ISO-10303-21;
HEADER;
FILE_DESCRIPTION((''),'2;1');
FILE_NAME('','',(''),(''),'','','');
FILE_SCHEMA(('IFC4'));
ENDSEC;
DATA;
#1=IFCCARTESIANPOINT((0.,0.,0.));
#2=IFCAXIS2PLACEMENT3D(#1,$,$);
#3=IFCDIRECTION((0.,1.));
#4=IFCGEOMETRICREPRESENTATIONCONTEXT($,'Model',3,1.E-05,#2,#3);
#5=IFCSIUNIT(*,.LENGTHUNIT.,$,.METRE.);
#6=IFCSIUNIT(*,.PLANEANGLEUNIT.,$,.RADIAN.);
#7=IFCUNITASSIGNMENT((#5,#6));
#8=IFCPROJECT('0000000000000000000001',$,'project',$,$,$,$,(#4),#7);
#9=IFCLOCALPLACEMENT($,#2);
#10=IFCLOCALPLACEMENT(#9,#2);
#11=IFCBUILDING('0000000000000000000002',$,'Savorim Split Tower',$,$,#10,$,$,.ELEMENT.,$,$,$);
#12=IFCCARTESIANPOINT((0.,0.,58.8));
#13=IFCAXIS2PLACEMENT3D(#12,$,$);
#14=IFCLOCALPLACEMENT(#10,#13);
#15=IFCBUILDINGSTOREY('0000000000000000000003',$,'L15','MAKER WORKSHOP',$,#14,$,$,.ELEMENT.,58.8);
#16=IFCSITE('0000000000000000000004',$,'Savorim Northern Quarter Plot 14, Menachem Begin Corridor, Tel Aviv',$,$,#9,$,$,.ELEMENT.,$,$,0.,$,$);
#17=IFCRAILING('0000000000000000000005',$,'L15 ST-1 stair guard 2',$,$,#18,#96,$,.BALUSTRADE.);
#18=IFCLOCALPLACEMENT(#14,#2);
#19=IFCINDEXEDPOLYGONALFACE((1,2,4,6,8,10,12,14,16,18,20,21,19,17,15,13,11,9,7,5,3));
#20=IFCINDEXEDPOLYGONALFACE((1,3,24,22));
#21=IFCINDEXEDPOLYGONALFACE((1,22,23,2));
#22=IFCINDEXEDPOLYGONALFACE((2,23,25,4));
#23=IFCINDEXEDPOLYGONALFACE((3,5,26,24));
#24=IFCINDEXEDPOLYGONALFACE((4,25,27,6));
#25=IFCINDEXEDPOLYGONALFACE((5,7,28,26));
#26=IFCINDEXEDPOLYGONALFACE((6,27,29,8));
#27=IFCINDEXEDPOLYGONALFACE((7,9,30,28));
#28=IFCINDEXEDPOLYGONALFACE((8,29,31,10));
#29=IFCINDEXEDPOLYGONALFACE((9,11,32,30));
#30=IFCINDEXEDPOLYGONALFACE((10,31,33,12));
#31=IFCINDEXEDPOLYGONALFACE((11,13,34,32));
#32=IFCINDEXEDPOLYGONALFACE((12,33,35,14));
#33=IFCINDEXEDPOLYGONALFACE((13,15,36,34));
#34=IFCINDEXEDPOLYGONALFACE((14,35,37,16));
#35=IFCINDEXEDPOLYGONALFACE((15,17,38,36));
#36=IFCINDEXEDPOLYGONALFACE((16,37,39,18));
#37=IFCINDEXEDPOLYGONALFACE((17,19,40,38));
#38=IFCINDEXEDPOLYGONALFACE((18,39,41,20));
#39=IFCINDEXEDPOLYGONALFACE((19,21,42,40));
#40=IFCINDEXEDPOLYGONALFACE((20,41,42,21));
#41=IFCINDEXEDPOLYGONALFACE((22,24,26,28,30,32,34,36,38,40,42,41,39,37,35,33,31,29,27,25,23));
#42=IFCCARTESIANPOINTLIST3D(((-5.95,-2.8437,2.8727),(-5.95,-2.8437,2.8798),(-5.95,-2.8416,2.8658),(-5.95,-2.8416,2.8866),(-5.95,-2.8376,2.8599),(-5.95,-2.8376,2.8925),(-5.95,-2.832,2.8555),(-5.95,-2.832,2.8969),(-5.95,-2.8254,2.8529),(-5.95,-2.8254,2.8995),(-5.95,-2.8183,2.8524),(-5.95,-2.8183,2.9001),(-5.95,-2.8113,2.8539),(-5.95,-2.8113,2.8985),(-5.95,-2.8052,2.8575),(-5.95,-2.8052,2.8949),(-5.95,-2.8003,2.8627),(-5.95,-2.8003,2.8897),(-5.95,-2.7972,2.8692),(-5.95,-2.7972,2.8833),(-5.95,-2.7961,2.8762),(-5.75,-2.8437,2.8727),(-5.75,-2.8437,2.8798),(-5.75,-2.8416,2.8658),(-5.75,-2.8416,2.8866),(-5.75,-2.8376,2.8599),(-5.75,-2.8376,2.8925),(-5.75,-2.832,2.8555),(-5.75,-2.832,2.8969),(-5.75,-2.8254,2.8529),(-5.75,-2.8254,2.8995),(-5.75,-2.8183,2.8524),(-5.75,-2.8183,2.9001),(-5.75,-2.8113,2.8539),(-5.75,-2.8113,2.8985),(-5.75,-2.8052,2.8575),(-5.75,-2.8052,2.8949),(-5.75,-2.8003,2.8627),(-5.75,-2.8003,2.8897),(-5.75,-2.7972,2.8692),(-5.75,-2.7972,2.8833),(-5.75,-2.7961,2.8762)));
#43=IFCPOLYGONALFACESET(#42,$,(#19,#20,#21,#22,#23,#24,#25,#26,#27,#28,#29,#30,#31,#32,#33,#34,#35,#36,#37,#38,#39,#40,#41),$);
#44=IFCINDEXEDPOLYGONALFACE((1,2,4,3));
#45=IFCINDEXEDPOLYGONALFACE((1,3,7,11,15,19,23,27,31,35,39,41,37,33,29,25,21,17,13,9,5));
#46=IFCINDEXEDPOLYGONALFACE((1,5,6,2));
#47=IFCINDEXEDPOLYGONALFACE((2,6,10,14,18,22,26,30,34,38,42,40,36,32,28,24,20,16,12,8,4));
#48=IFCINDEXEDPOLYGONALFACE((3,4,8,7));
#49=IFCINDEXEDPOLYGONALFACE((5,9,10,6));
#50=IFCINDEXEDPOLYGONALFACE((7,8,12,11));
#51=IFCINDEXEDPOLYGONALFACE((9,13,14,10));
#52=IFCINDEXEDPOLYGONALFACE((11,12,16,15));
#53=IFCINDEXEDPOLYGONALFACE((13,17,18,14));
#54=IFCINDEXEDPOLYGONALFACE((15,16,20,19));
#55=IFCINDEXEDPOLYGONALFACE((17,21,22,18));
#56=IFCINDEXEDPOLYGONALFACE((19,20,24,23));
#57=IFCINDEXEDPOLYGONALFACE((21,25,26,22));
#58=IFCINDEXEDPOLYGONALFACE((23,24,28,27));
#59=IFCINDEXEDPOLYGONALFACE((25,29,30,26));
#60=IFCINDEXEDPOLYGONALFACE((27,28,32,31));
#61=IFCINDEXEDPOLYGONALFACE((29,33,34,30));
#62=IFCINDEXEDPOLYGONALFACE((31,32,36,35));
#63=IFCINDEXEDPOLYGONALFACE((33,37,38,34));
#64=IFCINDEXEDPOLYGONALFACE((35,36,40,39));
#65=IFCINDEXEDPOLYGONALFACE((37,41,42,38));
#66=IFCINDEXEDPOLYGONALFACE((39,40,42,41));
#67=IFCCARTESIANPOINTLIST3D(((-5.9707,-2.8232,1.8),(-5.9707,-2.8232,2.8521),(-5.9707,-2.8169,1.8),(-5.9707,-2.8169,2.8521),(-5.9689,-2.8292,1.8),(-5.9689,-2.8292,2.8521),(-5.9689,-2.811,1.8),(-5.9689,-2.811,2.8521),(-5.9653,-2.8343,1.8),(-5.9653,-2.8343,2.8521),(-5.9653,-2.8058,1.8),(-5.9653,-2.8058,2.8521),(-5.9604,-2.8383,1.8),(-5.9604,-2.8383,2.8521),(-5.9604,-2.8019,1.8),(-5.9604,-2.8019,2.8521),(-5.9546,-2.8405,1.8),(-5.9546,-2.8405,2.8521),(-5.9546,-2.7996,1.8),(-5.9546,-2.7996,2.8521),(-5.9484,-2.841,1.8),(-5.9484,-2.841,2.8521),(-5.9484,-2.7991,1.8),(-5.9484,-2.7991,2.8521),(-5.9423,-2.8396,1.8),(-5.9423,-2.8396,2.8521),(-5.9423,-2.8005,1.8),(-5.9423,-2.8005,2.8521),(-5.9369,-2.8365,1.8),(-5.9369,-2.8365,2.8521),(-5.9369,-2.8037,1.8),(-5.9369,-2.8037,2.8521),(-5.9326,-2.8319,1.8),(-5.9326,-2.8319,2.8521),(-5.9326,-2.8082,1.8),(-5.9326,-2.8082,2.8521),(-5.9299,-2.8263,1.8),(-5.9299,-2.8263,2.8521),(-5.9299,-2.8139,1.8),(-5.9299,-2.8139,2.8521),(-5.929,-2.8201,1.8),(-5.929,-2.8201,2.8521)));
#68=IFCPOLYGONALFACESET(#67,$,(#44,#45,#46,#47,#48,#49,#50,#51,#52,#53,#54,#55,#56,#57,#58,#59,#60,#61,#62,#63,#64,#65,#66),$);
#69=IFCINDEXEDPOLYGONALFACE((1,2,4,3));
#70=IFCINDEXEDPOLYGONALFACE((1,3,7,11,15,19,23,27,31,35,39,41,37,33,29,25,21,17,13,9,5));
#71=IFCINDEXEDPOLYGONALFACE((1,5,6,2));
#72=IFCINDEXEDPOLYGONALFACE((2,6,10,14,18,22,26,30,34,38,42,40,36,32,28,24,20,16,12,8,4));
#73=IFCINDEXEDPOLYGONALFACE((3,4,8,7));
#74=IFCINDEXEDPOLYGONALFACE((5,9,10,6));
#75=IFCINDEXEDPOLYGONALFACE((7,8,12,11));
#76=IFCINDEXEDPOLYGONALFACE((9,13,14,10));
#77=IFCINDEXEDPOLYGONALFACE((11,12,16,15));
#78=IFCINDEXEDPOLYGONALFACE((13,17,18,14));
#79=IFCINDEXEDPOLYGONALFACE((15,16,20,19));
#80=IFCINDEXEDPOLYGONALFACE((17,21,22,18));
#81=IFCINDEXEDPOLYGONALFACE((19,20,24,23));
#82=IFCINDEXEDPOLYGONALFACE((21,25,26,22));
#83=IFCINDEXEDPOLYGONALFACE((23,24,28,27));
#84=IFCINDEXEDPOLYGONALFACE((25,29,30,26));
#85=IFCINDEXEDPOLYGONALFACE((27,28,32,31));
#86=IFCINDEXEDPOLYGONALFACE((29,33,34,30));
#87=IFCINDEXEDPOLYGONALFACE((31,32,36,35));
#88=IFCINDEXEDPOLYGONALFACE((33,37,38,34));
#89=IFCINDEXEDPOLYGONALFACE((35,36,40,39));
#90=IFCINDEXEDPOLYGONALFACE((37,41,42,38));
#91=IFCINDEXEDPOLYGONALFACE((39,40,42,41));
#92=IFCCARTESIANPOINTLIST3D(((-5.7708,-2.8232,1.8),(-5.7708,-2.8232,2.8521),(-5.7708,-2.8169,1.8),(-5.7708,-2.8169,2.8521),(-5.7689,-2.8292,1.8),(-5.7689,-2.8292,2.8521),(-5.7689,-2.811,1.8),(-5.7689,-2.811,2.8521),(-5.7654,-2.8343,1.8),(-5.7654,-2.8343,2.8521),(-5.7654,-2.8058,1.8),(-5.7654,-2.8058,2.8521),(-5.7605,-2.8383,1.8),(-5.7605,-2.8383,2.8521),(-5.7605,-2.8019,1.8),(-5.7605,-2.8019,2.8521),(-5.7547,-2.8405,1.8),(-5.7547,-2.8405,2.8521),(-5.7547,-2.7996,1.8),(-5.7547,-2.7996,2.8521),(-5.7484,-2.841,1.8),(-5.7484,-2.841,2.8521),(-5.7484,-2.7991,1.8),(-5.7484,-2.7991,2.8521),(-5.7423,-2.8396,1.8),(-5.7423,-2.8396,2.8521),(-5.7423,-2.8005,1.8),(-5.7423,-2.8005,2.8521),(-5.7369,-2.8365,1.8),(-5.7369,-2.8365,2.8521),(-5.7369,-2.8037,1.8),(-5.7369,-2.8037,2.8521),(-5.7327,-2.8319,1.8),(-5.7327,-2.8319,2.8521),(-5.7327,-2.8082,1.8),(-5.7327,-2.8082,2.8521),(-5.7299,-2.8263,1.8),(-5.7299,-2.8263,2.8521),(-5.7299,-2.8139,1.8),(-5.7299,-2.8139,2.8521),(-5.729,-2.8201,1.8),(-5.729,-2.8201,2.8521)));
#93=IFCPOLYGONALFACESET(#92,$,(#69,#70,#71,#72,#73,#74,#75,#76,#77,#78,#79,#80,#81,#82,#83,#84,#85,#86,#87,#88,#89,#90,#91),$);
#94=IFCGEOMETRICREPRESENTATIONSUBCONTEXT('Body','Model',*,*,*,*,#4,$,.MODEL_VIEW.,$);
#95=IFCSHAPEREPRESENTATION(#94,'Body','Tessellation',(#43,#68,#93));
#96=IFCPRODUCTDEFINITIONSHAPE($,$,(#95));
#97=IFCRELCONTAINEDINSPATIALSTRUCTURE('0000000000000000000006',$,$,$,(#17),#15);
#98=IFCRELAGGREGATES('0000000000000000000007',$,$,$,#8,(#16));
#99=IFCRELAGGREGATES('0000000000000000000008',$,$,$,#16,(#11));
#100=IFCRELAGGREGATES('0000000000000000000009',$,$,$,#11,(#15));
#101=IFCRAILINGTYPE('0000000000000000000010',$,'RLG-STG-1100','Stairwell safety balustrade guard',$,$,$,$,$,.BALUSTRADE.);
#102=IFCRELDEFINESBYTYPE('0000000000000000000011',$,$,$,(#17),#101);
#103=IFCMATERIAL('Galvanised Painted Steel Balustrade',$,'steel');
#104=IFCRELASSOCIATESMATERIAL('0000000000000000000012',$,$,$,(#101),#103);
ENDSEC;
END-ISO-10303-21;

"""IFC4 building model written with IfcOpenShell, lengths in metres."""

from ifc_helpers import new_model, si_unit, direction, frame, origin, origin_2d, place, context, subcontext, project, spatial, circle, extrude, material, type_object, element, save


model = new_model("IFC4")

# Units and contexts
model_context = context("Model", 3, precision=1e-05, world=origin(), true_north=direction((0.0, 1.0)))
body_context = subcontext(model_context, "Body", "Model", "MODEL_VIEW")
ifc_project = project(units=[si_unit("LENGTHUNIT", "METRE"), si_unit("PLANEANGLEUNIT", "RADIAN")], contexts=[model_context])

# Site, building, storey
site_placement = place(None, origin())
site = spatial("IfcSite", under=ifc_project, at=site_placement, Name="Savorim Northern Quarter Plot 14, Menachem Begin Corridor, Tel Aviv", CompositionType="ELEMENT", RefElevation=0.0)
building_placement = place(site_placement, origin())
building = spatial("IfcBuilding", under=site, at=building_placement, Name="Savorim Split Tower", CompositionType="ELEMENT")
storey_placement = place(building_placement, frame((0.0, 0.0, 58.8)))
storey = spatial("IfcBuildingStorey", under=building, at=storey_placement, Name="L15", Description="MAKER WORKSHOP", CompositionType="ELEMENT", Elevation=58.8)

# Railing
ifc_material_1 = material(Name="Galvanised Painted Steel Balustrade", Category="steel")
railing_type_1 = type_object("IfcRailingType", Name="RLG-STG-1100", Description="Stairwell safety balustrade guard", PredefinedType="BALUSTRADE", material=ifc_material_1)
railing_1_placement = place(storey_placement, frame((-5.95, -2.8201, 1.8)))
element("IfcRailing", 1, at=railing_1_placement, inside=storey, type_object=railing_type_1, Name="L15 ST-1 stair guard 2", PredefinedType="BALUSTRADE", context=body_context, shape_type="SweptSolid", body=[
    extrude(circle(Radius=0.0239, at=origin_2d()), frame((0.0, 0.0, 1.0762), z_axis=(1.0, 0.0, 0.0), x_axis=(0.0, 1.0, 0.0)), (0.0, 0.0, 1.0), 0.2),
    extrude(circle(Radius=0.021, at=origin_2d()), origin(), (0.0, 0.0, 1.0), 1.052),
    extrude(circle(Radius=0.021, at=origin_2d()), frame((0.2, 0.0, 0.0)), (0.0, 0.0, 1.0), 1.052),
])

save(model, "model.ifc")
